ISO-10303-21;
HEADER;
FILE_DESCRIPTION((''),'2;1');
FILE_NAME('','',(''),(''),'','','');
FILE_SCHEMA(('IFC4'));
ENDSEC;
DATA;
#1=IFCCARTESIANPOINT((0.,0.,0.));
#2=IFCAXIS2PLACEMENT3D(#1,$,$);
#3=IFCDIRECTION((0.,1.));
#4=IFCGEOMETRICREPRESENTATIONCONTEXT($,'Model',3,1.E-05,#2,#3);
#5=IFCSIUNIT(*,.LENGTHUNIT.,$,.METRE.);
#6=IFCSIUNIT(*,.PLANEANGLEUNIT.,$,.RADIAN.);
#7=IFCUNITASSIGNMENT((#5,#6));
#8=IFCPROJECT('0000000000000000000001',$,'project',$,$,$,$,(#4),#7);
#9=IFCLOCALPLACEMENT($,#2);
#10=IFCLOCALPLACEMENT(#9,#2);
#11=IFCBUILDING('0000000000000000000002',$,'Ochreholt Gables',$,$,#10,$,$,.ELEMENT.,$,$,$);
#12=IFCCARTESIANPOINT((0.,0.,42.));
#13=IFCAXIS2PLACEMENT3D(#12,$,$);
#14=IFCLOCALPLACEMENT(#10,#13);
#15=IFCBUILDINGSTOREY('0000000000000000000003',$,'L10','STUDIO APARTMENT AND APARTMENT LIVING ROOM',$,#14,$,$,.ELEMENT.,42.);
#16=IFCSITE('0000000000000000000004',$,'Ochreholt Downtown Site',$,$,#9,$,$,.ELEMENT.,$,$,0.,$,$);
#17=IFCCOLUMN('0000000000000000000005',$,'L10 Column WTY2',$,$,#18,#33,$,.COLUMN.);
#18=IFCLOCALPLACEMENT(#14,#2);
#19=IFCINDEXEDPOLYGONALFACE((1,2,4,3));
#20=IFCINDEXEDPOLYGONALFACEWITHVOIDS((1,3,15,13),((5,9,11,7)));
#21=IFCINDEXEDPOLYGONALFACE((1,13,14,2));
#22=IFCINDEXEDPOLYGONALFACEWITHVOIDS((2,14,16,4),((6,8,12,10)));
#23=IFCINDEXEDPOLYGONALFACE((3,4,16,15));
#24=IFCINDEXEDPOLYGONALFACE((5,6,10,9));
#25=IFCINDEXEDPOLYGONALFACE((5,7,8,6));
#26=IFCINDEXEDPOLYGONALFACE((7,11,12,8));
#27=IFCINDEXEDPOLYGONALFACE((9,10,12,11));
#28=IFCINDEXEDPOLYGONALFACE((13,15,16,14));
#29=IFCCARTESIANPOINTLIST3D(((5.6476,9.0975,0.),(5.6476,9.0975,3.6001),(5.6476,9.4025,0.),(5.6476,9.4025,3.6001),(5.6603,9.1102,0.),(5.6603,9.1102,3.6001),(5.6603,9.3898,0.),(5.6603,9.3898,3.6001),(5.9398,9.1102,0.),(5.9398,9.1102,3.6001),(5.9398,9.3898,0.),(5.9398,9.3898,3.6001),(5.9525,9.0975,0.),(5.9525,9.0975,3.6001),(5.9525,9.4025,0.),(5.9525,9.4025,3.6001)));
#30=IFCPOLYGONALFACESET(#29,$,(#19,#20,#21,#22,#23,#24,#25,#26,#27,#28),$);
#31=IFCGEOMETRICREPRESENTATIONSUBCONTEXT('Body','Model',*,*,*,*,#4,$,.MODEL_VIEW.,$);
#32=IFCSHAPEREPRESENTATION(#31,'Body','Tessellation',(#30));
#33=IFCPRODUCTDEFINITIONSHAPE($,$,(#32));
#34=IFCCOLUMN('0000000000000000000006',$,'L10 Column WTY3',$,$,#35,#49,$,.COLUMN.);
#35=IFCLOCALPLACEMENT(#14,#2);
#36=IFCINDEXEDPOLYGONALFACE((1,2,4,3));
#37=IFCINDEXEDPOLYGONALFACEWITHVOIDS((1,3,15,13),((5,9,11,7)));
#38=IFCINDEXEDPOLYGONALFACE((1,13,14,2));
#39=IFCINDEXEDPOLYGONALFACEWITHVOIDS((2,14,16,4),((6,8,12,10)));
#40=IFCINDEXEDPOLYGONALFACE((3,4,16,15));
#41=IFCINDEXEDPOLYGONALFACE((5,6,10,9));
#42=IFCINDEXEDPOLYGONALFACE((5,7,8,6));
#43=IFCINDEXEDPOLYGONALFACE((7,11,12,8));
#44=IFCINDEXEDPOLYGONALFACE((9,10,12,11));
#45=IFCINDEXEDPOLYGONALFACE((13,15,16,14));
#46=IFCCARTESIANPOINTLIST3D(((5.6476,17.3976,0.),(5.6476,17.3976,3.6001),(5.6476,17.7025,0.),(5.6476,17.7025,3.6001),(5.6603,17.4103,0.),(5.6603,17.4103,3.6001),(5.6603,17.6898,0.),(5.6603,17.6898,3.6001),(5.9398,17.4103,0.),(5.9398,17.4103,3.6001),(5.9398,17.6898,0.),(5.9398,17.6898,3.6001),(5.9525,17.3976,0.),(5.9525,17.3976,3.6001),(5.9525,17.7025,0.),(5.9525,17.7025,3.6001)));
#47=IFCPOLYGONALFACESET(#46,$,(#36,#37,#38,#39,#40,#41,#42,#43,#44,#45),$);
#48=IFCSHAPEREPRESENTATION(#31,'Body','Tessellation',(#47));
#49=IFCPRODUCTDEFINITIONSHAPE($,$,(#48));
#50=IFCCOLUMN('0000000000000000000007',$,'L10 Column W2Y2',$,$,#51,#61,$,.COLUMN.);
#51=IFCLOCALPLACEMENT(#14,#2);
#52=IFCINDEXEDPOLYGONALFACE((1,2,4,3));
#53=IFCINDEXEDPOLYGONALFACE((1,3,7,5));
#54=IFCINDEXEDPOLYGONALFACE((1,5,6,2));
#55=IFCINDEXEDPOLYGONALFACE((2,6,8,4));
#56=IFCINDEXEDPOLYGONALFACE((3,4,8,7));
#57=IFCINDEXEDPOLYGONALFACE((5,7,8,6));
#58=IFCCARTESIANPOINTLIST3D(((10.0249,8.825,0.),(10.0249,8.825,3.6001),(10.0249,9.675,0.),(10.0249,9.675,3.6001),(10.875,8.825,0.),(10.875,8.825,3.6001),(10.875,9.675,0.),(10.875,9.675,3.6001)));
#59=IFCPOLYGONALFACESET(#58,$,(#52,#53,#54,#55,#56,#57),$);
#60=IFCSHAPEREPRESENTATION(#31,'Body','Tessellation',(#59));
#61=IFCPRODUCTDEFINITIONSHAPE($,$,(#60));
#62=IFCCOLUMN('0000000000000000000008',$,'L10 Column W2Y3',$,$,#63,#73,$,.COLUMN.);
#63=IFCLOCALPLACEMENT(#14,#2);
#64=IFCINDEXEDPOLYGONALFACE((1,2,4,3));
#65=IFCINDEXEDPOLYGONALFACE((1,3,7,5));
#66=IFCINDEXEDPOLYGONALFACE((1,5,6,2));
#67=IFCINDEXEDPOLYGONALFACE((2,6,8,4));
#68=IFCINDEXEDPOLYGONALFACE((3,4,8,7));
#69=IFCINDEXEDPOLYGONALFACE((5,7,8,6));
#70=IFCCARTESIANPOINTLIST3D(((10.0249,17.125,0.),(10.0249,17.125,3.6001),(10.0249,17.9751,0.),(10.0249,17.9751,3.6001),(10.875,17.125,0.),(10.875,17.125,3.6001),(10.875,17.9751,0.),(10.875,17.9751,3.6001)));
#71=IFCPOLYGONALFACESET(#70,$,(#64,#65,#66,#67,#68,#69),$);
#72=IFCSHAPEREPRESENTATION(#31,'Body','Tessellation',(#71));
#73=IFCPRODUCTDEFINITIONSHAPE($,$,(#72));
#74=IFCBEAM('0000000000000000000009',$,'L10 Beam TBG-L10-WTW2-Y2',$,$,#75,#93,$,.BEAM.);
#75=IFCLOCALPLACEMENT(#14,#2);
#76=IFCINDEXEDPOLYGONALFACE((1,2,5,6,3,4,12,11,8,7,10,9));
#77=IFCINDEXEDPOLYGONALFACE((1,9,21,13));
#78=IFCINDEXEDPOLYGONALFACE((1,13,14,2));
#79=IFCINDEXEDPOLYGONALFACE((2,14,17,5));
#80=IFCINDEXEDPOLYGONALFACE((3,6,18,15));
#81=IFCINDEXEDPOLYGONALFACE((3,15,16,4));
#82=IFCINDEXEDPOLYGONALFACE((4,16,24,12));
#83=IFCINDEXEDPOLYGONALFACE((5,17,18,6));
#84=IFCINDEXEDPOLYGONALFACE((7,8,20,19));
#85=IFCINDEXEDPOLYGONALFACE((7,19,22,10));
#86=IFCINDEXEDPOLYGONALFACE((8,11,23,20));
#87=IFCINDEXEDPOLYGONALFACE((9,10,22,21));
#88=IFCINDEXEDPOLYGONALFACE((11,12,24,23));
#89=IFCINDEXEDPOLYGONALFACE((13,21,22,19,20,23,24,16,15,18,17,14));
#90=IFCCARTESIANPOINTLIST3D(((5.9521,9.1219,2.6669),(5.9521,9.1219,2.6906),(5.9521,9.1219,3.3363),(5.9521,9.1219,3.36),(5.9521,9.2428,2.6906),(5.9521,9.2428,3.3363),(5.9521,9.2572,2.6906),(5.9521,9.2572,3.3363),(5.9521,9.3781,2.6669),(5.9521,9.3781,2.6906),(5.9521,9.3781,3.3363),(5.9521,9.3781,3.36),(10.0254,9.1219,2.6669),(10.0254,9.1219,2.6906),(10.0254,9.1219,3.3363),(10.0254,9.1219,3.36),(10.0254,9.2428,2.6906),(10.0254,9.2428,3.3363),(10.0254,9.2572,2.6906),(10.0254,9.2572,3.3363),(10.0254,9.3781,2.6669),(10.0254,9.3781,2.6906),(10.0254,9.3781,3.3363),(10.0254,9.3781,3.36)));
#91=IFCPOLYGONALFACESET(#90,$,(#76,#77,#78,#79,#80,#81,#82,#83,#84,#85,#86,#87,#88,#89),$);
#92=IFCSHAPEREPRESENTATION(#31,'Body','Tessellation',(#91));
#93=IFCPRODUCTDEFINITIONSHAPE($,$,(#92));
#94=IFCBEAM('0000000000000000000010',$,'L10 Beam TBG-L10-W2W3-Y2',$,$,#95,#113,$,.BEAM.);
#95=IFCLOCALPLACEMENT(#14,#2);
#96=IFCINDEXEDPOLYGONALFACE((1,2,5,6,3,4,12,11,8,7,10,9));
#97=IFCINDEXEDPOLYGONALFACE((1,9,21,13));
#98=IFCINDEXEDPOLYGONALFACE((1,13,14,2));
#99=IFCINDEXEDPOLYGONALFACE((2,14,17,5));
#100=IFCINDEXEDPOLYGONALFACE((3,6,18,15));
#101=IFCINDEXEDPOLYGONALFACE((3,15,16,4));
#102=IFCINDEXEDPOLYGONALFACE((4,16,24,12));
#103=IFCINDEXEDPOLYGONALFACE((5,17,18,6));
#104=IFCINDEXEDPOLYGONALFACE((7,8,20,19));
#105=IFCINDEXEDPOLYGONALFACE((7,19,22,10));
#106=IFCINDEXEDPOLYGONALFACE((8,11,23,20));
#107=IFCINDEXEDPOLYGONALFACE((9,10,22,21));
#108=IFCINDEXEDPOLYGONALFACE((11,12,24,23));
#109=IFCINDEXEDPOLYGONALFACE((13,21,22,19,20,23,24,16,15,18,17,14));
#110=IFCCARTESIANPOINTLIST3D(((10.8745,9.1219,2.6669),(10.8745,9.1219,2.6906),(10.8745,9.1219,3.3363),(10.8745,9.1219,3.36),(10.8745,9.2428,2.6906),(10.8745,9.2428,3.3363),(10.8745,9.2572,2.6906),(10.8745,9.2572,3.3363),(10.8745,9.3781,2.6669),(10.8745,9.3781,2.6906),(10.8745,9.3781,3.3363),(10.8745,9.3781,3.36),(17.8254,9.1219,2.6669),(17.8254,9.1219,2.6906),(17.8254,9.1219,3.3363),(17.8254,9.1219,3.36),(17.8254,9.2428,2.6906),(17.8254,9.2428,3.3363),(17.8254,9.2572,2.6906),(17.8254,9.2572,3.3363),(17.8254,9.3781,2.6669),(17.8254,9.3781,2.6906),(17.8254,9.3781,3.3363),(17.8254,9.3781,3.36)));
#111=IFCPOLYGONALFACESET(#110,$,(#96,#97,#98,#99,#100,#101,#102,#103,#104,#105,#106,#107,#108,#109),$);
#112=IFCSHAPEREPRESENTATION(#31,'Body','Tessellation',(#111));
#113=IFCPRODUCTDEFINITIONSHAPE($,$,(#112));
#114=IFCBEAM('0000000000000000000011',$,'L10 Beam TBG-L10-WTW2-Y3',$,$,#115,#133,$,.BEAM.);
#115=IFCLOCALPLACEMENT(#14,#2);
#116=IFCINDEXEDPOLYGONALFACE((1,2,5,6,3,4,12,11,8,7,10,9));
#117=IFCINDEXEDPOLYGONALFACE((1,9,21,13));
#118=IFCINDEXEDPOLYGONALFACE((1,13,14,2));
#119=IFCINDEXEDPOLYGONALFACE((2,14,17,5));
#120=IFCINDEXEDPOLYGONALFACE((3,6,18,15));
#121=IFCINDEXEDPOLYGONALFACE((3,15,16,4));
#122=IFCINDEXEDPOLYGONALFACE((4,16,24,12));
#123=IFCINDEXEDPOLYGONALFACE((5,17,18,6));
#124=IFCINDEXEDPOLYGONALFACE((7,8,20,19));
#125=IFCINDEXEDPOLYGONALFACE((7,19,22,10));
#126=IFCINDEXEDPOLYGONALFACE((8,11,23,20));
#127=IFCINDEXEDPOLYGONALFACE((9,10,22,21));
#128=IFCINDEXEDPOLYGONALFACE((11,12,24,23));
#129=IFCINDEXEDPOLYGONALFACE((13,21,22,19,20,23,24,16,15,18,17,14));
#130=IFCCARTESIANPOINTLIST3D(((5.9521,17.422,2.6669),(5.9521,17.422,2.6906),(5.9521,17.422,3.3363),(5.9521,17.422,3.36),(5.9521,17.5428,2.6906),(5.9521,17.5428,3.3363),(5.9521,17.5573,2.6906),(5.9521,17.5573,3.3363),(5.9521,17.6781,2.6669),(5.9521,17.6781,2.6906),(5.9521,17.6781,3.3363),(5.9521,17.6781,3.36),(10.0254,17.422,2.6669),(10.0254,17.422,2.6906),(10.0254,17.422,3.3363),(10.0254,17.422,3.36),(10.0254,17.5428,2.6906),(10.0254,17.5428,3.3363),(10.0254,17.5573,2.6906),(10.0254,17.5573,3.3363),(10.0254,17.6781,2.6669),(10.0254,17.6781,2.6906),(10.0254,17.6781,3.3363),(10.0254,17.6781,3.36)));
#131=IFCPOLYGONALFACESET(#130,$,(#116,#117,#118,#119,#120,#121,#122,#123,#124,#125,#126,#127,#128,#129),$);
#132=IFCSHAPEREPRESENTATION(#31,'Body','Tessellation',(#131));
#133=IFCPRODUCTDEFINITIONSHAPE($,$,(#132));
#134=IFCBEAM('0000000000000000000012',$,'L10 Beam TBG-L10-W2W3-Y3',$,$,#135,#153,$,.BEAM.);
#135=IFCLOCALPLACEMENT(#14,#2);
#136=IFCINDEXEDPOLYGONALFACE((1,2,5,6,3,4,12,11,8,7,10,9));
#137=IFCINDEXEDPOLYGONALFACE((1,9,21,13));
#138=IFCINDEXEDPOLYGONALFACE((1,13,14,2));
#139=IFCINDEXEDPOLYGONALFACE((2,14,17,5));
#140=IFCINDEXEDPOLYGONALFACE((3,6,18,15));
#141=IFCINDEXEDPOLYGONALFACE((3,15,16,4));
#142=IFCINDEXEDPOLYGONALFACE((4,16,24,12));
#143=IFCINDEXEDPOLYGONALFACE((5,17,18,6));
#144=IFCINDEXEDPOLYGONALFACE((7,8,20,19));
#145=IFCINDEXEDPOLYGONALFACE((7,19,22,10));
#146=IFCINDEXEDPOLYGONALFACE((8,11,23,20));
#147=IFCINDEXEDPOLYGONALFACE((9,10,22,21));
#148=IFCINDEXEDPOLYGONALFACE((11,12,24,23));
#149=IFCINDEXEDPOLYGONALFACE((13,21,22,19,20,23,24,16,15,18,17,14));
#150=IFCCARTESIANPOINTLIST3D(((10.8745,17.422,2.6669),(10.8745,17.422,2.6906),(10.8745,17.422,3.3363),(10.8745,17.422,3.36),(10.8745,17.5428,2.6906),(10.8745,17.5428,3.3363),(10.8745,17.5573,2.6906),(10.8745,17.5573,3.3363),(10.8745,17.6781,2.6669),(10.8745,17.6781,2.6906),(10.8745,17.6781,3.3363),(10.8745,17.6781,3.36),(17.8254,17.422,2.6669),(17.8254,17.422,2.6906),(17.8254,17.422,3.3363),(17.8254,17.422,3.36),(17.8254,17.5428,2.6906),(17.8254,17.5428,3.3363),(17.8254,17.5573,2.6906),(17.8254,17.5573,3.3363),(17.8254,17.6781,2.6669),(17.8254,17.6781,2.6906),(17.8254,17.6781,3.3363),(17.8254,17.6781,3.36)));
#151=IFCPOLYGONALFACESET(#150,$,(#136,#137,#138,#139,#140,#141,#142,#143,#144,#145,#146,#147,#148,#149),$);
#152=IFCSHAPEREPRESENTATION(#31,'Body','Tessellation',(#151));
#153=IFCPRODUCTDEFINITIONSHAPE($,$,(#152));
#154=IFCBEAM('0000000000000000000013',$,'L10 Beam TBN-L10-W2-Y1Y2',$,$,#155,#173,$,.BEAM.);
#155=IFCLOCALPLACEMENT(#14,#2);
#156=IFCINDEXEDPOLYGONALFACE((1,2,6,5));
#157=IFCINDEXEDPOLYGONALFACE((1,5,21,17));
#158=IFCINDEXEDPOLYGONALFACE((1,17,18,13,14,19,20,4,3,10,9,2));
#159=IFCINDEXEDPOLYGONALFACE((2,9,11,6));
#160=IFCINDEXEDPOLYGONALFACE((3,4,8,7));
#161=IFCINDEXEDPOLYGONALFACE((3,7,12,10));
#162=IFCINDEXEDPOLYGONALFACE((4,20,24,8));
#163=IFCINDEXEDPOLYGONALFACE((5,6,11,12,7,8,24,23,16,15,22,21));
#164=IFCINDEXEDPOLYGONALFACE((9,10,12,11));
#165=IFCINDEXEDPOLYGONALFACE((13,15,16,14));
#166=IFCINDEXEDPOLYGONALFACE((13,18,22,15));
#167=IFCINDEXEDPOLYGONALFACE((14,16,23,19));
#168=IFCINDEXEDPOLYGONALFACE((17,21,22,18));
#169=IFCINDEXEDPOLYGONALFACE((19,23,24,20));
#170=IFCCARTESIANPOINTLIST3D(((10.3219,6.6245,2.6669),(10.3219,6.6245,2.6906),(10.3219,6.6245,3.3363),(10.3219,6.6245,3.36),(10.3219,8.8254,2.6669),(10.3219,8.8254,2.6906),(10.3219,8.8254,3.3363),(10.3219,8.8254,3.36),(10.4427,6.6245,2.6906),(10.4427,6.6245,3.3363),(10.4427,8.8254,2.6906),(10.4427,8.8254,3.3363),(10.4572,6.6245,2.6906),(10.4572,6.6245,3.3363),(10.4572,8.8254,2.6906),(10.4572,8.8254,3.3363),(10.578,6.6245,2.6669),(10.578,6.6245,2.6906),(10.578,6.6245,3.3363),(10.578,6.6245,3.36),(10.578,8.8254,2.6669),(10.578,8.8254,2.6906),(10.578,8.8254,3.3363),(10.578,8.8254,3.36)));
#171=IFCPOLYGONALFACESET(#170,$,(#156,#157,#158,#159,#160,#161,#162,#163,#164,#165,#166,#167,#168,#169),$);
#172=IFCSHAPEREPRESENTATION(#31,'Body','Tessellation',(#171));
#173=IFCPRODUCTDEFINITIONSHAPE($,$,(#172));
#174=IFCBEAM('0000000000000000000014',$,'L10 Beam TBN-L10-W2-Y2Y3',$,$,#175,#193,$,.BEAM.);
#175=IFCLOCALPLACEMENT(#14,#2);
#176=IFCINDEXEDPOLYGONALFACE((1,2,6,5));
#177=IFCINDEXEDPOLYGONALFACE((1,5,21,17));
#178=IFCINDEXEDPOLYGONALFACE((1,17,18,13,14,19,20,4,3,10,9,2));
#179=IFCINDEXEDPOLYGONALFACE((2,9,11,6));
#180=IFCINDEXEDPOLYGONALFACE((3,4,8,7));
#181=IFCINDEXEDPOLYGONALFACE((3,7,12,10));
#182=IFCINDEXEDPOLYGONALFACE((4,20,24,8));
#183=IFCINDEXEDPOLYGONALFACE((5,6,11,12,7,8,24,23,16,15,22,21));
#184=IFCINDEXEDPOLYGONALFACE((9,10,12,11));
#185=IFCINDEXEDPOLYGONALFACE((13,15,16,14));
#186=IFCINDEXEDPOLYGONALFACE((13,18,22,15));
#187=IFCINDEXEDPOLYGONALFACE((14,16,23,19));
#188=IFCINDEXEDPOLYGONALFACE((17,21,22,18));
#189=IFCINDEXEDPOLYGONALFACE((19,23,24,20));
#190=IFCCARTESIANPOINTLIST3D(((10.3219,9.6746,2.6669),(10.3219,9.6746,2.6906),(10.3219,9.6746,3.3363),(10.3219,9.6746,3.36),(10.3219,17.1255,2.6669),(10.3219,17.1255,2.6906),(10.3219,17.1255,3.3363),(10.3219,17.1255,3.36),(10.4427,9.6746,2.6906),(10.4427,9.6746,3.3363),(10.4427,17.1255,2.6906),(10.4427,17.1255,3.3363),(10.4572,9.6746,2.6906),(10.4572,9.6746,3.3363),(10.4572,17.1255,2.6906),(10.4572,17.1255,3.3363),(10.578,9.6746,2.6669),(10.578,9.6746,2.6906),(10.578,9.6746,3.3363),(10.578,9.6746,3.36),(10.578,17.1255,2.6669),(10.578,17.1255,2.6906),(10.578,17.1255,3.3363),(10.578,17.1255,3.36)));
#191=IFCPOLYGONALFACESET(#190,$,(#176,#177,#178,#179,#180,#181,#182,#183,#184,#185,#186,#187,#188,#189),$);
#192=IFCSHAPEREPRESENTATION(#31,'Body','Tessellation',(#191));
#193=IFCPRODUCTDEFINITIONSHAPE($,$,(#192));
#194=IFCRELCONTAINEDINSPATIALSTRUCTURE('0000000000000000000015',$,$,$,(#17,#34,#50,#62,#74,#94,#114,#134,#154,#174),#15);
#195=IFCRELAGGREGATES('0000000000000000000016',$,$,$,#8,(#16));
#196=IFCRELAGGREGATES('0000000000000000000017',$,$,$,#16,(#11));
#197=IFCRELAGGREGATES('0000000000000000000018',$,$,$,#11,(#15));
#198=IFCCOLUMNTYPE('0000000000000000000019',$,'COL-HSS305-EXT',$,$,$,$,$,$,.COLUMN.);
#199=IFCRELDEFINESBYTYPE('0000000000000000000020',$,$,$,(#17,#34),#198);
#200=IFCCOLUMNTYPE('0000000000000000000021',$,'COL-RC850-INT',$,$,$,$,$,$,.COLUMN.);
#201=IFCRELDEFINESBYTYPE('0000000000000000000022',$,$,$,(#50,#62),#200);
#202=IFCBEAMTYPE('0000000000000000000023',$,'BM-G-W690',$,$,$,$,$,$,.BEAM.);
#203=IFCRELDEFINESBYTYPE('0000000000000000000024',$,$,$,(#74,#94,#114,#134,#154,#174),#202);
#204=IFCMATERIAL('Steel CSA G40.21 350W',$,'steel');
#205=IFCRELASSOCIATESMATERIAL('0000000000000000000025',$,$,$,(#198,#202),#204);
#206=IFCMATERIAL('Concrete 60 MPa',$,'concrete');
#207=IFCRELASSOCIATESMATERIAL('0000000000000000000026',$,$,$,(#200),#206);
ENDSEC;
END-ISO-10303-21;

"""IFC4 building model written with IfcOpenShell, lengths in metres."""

from ifc_helpers import new_model, si_unit, direction, frame, origin, origin_2d, place, context, subcontext, project, spatial, rectangle, hollow_rectangle, i_section, extrude, material, material_profile, profile_set, type_object, element, save


model = new_model("IFC4")

# Units and contexts
model_context = context("Model", 3, precision=1e-05, world=origin(), true_north=direction((0.0, 1.0)))
body_context = subcontext(model_context, "Body", "Model", "MODEL_VIEW")
ifc_project = project(units=[si_unit("LENGTHUNIT", "METRE"), si_unit("PLANEANGLEUNIT", "RADIAN")], contexts=[model_context])

# Site, building, storey
site_placement = place(None, origin())
site = spatial("IfcSite", under=ifc_project, at=site_placement, Name="Ochreholt Downtown Site", CompositionType="ELEMENT", RefElevation=0.0)
building_placement = place(site_placement, origin())
building = spatial("IfcBuilding", under=site, at=building_placement, Name="Ochreholt Gables", CompositionType="ELEMENT")
storey_placement = place(building_placement, frame((0.0, 0.0, 42.0)))
storey = spatial("IfcBuildingStorey", under=building, at=storey_placement, Name="L10", Description="STUDIO APARTMENT AND APARTMENT LIVING ROOM", CompositionType="ELEMENT", Elevation=42.0)

# Columns
ifc_material_1 = material(Name="Steel CSA G40.21 350W", Category="steel")
ifc_material_profile_1 = material_profile(ifc_material_1, hollow_rectangle(XDim=0.3049, YDim=0.3049, WallThickness=0.0127, at=origin_2d()), Name="HSS305X305X13")
ifc_profile_set_1 = profile_set([ifc_material_profile_1], Name="Steel CSA G40.21 350W")
column_type_1 = type_object("IfcColumnType", Name="COL-HSS305-EXT", PredefinedType="COLUMN", material=ifc_profile_set_1)
for number, where, z_axis, x_axis, name in (
    (1, (5.8, 9.25, 0.0), (0.0, 0.0, 1.0), (1.0, 0.0, 0.0), "L10 Column WTY2"),
    (2, (5.8, 17.55, 0.0), (0.0, 0.0, 1.0), (1.0, 0.0, 0.0), "L10 Column WTY3"),
):
    element("IfcColumn", number, at=place(storey_placement, frame(where, z_axis=z_axis, x_axis=x_axis)), inside=storey, type_object=column_type_1, Name=name, PredefinedType="COLUMN", context=body_context, shape_type="SweptSolid", body=[
        extrude(hollow_rectangle(XDim=0.3049, YDim=0.3049, WallThickness=0.0127, at=origin_2d()), origin(), (0.0, 0.0, 1.0), 3.6001),
    ])
ifc_material_2 = material(Name="Concrete 60 MPa", Category="concrete")
ifc_material_profile_2 = material_profile(ifc_material_2, rectangle(XDim=0.8501, YDim=0.8501, at=origin_2d()), Name="RC850X850")
ifc_profile_set_2 = profile_set([ifc_material_profile_2], Name="Concrete 60 MPa")
column_type_2 = type_object("IfcColumnType", Name="COL-RC850-INT", PredefinedType="COLUMN", material=ifc_profile_set_2)
for number, where, z_axis, x_axis, name in (
    (3, (10.45, 9.25, 0.0), (0.0, 0.0, 1.0), (1.0, 0.0, 0.0), "L10 Column W2Y2"),
    (4, (10.45, 17.55, 0.0), (0.0, 0.0, 1.0), (1.0, 0.0, 0.0), "L10 Column W2Y3"),
):
    element("IfcColumn", number, at=place(storey_placement, frame(where, z_axis=z_axis, x_axis=x_axis)), inside=storey, type_object=column_type_2, Name=name, PredefinedType="COLUMN", context=body_context, shape_type="SweptSolid", body=[
        extrude(rectangle(XDim=0.8501, YDim=0.8501, at=origin_2d()), origin(), (0.0, 0.0, 1.0), 3.6001),
    ])

# Beams
ifc_material_profile_3 = material_profile(ifc_material_1, i_section(OverallWidth=0.2561, OverallDepth=0.6931, WebThickness=0.0144, FlangeThickness=0.0237, at=origin_2d()), Name="W690X170")
ifc_profile_set_3 = profile_set([ifc_material_profile_3], Name="Steel CSA G40.21 350W")
beam_type_1 = type_object("IfcBeamType", Name="BM-G-W690", PredefinedType="BEAM", material=ifc_profile_set_3)
beam_1_placement = place(storey_placement, frame((5.9521, 9.25, 3.0134), z_axis=(1.0, 0.0, 0.0), x_axis=(0.0, 1.0, 0.0)))
element("IfcBeam", 5, at=beam_1_placement, inside=storey, type_object=beam_type_1, Name="L10 Beam TBG-L10-WTW2-Y2", PredefinedType="BEAM", context=body_context, shape_type="SweptSolid", body=[
    extrude(i_section(OverallWidth=0.2561, OverallDepth=0.6931, WebThickness=0.0144, FlangeThickness=0.0237, at=origin_2d()), origin(), (0.0, 0.0, 1.0), 4.0732),
])
beam_2_placement = place(storey_placement, frame((10.8745, 9.25, 3.0134), z_axis=(1.0, 0.0, 0.0), x_axis=(0.0, 1.0, 0.0)))
element("IfcBeam", 6, at=beam_2_placement, inside=storey, type_object=beam_type_1, Name="L10 Beam TBG-L10-W2W3-Y2", PredefinedType="BEAM", context=body_context, shape_type="SweptSolid", body=[
    extrude(i_section(OverallWidth=0.2561, OverallDepth=0.6931, WebThickness=0.0144, FlangeThickness=0.0237, at=origin_2d()), origin(), (0.0, 0.0, 1.0), 6.9509),
])
beam_3_placement = place(storey_placement, frame((5.9521, 17.55, 3.0134), z_axis=(1.0, 0.0, 0.0), x_axis=(0.0, 1.0, 0.0)))
element("IfcBeam", 7, at=beam_3_placement, inside=storey, type_object=beam_type_1, Name="L10 Beam TBG-L10-WTW2-Y3", PredefinedType="BEAM", context=body_context, shape_type="SweptSolid", body=[
    extrude(i_section(OverallWidth=0.2561, OverallDepth=0.6931, WebThickness=0.0144, FlangeThickness=0.0237, at=origin_2d()), origin(), (0.0, 0.0, 1.0), 4.0732),
])
beam_4_placement = place(storey_placement, frame((10.8745, 17.55, 3.0134), z_axis=(1.0, 0.0, 0.0), x_axis=(0.0, 1.0, 0.0)))
element("IfcBeam", 8, at=beam_4_placement, inside=storey, type_object=beam_type_1, Name="L10 Beam TBG-L10-W2W3-Y3", PredefinedType="BEAM", context=body_context, shape_type="SweptSolid", body=[
    extrude(i_section(OverallWidth=0.2561, OverallDepth=0.6931, WebThickness=0.0144, FlangeThickness=0.0237, at=origin_2d()), origin(), (0.0, 0.0, 1.0), 6.9509),
])
beam_5_placement = place(storey_placement, frame((10.45, 6.6245, 3.0134), z_axis=(0.0, 1.0, 0.0), x_axis=(-1.0, 0.0, 0.0)))
element("IfcBeam", 9, at=beam_5_placement, inside=storey, type_object=beam_type_1, Name="L10 Beam TBN-L10-W2-Y1Y2", PredefinedType="BEAM", context=body_context, shape_type="SweptSolid", body=[
    extrude(i_section(OverallWidth=0.2561, OverallDepth=0.6931, WebThickness=0.0144, FlangeThickness=0.0237, at=origin_2d()), origin(), (0.0, 0.0, 1.0), 2.2009),
])
beam_6_placement = place(storey_placement, frame((10.45, 9.6746, 3.0134), z_axis=(0.0, 1.0, 0.0), x_axis=(-1.0, 0.0, 0.0)))
element("IfcBeam", 10, at=beam_6_placement, inside=storey, type_object=beam_type_1, Name="L10 Beam TBN-L10-W2-Y2Y3", PredefinedType="BEAM", context=body_context, shape_type="SweptSolid", body=[
    extrude(i_section(OverallWidth=0.2561, OverallDepth=0.6931, WebThickness=0.0144, FlangeThickness=0.0237, at=origin_2d()), origin(), (0.0, 0.0, 1.0), 7.4509),
])

save(model, "model.ifc")
